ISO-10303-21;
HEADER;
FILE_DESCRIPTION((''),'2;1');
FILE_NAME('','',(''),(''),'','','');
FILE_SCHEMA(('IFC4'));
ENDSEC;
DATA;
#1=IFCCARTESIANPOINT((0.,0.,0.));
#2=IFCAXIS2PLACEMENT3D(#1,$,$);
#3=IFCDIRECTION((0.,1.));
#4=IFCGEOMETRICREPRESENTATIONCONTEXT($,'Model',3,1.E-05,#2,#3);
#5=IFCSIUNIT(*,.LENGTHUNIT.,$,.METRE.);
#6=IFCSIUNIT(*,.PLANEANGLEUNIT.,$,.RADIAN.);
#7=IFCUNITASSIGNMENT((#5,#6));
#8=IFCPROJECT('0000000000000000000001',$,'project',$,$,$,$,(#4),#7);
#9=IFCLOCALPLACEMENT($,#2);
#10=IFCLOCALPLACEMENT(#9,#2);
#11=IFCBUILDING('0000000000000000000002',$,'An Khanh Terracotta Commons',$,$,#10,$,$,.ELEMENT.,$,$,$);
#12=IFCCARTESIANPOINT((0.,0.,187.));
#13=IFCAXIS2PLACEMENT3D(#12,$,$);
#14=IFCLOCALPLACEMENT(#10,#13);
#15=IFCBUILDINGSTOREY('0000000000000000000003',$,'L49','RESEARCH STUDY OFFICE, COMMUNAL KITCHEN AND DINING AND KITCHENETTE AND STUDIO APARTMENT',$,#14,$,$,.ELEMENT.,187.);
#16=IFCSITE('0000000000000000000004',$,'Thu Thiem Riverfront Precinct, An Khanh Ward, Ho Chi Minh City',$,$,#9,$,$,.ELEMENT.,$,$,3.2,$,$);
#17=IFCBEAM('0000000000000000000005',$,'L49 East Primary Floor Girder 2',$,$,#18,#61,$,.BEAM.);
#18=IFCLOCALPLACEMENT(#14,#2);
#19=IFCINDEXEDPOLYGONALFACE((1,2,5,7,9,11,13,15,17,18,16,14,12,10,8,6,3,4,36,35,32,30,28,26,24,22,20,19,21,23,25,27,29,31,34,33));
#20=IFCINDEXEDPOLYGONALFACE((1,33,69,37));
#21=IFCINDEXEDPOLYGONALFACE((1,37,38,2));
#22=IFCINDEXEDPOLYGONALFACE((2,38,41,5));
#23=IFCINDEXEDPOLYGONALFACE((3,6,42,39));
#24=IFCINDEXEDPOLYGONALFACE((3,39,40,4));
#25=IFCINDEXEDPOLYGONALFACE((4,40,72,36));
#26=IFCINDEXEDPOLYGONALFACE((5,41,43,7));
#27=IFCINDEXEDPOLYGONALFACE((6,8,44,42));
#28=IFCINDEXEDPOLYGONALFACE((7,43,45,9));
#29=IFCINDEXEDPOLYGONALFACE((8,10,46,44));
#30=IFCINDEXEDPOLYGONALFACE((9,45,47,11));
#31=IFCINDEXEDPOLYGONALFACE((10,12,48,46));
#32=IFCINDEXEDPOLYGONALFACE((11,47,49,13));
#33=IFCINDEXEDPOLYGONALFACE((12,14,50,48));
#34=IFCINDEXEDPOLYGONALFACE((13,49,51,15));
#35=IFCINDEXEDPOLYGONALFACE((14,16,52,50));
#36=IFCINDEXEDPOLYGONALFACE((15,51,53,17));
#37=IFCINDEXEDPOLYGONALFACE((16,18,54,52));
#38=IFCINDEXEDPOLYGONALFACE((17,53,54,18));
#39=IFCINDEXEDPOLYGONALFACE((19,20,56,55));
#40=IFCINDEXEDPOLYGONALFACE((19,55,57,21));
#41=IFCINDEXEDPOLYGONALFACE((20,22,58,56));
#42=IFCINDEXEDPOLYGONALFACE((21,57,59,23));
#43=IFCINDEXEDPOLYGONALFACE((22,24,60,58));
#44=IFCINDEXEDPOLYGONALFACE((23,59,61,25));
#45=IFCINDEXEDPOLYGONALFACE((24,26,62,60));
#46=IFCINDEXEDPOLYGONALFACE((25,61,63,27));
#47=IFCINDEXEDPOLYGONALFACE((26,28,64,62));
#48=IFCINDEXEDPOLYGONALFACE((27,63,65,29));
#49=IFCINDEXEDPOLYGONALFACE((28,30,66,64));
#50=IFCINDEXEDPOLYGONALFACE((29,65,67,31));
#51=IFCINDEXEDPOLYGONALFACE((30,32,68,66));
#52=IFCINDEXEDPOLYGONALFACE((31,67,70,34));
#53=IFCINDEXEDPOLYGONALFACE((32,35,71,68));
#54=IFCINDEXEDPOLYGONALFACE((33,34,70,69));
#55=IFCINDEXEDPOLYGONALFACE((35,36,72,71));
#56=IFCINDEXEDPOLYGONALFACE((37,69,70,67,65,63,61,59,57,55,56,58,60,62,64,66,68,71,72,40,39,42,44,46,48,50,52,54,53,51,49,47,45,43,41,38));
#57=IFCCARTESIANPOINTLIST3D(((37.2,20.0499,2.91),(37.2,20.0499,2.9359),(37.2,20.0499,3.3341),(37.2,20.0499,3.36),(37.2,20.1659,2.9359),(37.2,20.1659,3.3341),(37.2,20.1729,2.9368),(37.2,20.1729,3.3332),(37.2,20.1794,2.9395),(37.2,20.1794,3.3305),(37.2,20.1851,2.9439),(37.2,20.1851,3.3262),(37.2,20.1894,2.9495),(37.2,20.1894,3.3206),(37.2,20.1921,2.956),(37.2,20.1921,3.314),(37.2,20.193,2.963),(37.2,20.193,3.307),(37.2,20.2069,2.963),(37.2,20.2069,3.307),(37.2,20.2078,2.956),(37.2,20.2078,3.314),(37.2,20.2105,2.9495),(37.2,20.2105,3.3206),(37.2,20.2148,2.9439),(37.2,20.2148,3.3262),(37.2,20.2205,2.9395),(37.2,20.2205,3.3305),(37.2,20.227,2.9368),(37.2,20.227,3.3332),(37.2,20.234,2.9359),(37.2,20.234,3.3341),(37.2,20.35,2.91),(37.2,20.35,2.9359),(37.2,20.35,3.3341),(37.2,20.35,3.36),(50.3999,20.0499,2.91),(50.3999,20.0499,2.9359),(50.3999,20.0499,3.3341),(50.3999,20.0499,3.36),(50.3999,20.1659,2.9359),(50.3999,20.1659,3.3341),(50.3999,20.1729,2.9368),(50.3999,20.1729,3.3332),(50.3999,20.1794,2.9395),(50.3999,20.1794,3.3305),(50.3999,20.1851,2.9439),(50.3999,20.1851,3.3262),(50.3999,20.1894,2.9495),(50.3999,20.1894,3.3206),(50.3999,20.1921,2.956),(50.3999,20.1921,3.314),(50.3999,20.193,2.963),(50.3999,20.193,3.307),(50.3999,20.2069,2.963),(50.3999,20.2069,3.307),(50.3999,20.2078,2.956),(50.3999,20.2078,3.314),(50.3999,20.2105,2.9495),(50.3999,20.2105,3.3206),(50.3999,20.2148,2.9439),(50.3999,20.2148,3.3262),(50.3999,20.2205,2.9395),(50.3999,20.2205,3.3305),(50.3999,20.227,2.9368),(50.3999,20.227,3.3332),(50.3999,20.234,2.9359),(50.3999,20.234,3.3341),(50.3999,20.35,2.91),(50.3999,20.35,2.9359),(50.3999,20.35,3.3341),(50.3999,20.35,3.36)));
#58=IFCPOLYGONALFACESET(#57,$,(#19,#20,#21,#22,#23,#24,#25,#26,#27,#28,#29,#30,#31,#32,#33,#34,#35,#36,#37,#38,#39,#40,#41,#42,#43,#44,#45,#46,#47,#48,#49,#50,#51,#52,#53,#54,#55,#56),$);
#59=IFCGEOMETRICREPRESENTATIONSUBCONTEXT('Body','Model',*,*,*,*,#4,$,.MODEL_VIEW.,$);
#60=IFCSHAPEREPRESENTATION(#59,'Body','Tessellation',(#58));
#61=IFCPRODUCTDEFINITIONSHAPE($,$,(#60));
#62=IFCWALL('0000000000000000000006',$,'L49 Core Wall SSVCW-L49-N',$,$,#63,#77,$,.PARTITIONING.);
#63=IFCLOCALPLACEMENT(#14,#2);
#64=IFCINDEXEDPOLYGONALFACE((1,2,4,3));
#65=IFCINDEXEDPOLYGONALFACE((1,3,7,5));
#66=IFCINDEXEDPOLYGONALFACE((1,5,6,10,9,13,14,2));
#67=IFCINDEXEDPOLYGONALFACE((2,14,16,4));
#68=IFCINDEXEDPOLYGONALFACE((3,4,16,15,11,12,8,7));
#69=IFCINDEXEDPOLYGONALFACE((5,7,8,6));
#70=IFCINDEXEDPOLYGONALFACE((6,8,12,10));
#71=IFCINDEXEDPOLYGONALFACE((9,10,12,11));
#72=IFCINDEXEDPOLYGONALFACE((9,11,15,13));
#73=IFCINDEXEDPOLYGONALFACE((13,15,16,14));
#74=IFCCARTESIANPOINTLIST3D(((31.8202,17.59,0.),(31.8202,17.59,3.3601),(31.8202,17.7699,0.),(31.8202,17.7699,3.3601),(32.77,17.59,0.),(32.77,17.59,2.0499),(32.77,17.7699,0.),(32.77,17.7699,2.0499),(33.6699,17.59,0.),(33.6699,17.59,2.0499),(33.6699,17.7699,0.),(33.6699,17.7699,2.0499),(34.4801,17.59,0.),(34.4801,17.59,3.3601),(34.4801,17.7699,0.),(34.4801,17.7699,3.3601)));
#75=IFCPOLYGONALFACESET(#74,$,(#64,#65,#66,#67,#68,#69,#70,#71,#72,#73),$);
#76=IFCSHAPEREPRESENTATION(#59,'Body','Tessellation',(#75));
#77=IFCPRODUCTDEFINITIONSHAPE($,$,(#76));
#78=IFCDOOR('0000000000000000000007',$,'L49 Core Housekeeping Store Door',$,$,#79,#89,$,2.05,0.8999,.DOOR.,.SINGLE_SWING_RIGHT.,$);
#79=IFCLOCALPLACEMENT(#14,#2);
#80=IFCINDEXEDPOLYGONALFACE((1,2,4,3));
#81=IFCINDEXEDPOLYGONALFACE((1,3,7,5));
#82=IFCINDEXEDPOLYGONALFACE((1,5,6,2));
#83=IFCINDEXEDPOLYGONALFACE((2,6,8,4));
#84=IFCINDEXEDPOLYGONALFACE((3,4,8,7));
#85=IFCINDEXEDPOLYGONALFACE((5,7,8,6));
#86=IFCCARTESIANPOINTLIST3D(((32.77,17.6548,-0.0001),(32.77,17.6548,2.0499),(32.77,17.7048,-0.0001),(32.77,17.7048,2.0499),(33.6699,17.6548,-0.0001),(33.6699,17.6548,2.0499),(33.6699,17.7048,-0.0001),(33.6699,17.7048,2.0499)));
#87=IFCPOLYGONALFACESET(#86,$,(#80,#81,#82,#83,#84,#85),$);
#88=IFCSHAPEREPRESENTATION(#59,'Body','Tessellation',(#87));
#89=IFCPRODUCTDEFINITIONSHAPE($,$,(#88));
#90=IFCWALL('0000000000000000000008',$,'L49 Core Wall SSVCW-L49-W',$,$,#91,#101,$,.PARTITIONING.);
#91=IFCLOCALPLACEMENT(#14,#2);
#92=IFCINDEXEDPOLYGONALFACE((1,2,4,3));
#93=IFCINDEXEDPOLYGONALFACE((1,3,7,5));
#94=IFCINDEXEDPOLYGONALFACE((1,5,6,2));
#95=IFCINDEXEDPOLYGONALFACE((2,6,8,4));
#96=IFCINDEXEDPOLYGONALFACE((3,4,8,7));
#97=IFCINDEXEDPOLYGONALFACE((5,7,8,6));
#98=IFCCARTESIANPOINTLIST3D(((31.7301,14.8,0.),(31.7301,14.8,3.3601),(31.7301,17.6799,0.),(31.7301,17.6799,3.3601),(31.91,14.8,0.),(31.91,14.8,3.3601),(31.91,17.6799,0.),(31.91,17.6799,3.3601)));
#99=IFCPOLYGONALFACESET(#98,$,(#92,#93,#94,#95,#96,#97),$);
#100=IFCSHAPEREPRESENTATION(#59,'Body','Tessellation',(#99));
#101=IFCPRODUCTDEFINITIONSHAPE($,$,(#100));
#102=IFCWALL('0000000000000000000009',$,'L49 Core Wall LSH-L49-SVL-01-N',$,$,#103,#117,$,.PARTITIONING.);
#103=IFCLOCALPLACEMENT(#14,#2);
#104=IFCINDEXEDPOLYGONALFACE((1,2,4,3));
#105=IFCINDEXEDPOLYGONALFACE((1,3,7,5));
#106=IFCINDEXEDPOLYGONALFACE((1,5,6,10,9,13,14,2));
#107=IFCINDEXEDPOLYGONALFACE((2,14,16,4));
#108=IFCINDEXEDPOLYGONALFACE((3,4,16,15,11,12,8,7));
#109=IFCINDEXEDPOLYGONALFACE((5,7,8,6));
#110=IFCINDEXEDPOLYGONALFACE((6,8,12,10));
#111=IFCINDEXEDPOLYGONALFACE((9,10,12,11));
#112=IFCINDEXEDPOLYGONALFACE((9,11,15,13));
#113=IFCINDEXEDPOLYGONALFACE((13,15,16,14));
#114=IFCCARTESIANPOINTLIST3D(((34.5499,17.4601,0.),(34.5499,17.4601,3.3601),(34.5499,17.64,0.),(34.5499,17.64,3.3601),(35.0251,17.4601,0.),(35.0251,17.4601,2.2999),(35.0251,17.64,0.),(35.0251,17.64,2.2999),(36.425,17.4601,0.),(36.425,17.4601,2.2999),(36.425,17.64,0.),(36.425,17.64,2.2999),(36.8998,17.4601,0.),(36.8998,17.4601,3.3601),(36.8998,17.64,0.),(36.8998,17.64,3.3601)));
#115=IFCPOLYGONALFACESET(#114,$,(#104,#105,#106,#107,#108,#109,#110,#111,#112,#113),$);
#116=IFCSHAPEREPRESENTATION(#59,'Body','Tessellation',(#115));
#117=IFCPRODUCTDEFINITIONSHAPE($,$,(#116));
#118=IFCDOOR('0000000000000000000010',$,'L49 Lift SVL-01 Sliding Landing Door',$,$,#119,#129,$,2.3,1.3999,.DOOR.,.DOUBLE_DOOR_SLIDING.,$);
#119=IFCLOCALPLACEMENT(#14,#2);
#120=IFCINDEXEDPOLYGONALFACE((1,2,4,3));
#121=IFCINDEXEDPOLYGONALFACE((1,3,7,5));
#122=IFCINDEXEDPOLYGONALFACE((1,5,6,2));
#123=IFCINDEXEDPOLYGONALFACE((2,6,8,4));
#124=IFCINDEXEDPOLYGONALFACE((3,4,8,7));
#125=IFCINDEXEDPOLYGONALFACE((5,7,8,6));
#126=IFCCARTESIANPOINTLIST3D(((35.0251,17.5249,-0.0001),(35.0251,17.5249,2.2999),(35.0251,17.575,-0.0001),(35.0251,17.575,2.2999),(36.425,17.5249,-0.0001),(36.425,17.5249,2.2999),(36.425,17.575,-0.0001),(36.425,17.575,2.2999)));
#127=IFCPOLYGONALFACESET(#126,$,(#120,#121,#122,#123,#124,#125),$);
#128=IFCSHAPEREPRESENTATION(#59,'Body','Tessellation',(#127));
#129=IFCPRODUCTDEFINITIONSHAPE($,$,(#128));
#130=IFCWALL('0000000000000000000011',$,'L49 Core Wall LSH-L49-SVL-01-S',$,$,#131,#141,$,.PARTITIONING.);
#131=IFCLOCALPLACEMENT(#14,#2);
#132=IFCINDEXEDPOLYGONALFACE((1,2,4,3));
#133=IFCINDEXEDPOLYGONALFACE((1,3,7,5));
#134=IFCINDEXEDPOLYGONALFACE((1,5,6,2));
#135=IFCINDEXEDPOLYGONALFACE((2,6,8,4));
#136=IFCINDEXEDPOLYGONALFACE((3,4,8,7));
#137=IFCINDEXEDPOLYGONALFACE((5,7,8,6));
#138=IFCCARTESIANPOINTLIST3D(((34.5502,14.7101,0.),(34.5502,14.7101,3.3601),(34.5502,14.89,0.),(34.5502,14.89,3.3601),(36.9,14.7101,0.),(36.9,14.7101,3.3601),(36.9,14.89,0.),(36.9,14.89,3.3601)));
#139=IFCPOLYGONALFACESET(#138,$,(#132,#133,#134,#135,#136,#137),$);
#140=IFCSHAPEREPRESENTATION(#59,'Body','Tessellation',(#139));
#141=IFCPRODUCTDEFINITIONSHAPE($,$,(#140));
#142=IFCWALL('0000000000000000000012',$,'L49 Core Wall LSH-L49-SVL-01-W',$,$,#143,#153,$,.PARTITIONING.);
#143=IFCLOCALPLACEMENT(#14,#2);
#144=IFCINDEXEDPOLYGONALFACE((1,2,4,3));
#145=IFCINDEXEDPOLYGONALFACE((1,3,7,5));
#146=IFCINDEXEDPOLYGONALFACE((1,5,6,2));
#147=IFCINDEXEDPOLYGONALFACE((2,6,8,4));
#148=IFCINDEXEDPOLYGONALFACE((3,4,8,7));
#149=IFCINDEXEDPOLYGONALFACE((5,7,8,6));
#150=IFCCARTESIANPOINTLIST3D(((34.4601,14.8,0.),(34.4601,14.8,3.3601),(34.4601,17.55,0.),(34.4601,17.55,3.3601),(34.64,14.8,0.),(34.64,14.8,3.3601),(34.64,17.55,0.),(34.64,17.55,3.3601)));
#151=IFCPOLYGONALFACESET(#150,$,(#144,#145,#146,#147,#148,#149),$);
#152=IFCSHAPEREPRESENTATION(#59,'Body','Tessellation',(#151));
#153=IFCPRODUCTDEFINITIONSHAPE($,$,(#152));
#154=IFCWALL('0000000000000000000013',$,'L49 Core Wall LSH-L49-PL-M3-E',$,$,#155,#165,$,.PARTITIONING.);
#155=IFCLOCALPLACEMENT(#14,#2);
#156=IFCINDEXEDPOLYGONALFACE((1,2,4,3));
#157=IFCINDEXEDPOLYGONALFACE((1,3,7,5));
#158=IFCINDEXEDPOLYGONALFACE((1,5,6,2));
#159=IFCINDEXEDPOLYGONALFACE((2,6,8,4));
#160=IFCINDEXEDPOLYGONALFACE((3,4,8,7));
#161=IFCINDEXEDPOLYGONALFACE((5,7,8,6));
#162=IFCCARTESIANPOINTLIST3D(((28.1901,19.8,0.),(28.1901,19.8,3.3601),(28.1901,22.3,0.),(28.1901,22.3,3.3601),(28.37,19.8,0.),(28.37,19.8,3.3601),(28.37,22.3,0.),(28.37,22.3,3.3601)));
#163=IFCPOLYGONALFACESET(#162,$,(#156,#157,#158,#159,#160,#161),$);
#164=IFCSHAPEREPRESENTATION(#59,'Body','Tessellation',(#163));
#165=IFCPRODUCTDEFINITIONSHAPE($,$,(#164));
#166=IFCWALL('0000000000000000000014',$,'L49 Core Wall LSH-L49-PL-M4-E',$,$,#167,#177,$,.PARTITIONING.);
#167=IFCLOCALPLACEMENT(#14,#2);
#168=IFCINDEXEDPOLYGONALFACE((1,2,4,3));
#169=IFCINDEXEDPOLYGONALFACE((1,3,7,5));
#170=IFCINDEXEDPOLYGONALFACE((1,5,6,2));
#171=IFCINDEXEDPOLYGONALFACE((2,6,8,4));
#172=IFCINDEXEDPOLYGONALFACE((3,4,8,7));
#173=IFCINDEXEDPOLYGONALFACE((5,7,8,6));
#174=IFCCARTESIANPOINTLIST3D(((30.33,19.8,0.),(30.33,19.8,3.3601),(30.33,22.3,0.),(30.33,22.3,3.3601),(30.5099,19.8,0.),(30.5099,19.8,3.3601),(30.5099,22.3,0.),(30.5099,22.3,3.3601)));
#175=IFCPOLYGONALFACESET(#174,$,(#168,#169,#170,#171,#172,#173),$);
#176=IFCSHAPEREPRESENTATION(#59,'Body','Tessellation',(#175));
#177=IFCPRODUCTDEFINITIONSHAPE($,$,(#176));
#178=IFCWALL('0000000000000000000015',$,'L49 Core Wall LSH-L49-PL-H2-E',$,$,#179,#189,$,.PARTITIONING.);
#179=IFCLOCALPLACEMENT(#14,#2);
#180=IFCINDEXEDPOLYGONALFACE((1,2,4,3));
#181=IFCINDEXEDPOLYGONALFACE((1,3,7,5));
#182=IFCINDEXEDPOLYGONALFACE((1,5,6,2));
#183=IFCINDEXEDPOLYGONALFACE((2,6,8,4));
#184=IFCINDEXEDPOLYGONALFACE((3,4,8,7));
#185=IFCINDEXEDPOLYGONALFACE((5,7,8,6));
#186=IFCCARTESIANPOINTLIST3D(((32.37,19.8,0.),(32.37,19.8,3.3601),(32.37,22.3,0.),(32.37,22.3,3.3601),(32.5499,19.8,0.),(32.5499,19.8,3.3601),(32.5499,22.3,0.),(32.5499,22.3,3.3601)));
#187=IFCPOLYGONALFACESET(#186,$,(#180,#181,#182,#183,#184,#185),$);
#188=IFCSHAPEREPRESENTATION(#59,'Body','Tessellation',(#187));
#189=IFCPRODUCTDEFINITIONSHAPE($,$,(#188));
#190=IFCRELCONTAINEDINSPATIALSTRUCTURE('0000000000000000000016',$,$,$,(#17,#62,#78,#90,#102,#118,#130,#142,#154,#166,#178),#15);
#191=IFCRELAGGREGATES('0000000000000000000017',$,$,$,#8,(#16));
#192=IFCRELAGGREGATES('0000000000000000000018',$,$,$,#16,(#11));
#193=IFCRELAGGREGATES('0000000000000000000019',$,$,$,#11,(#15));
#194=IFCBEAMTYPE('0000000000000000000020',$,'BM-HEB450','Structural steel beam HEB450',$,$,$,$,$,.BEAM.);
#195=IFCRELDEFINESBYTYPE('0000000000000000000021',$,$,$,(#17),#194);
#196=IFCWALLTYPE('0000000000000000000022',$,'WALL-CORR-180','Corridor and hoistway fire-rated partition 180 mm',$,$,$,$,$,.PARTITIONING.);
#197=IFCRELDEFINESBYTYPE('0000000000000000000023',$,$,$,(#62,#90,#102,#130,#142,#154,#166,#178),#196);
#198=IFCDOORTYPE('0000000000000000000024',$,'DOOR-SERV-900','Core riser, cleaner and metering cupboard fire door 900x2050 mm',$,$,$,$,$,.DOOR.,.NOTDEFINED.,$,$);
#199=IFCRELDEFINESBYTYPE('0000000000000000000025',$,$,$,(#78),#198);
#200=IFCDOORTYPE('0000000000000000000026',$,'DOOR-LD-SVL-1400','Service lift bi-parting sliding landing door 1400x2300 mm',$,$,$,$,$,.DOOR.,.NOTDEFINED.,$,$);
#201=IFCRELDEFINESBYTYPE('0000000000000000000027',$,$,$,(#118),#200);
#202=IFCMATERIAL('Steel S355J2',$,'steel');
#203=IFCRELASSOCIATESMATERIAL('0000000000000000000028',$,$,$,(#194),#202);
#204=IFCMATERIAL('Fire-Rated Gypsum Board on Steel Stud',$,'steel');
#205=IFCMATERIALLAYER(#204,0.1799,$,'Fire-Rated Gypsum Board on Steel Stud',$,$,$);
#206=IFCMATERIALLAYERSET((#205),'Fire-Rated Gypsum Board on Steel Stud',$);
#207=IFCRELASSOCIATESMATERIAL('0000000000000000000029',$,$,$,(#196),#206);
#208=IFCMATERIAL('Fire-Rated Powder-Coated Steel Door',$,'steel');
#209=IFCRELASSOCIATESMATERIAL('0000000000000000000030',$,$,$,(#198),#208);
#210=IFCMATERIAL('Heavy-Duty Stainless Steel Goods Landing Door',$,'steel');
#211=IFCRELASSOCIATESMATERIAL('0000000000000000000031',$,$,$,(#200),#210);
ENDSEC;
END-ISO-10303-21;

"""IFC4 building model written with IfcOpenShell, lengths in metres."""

from ifc_helpers import new_model, si_unit, direction, frame, frame_2d, origin, origin_2d, place, context, subcontext, project, spatial, rectangle, i_section, extrude, material, layer, layer_set, material_profile, profile_set, type_object, element, fill, save


model = new_model("IFC4")

# Units and contexts
model_context = context("Model", 3, precision=1e-05, world=origin(), true_north=direction((0.0, 1.0)))
body_context = subcontext(model_context, "Body", "Model", "MODEL_VIEW")
ifc_project = project(units=[si_unit("LENGTHUNIT", "METRE"), si_unit("PLANEANGLEUNIT", "RADIAN")], contexts=[model_context])

# Site, building, storey
site_placement = place(None, origin())
site = spatial("IfcSite", under=ifc_project, at=site_placement, Name="Thu Thiem Riverfront Precinct, An Khanh Ward, Ho Chi Minh City", CompositionType="ELEMENT", RefElevation=3.2)
building_placement = place(site_placement, origin())
building = spatial("IfcBuilding", under=site, at=building_placement, Name="An Khanh Terracotta Commons", CompositionType="ELEMENT")
storey_placement = place(building_placement, frame((0.0, 0.0, 187.0)))
storey = spatial("IfcBuildingStorey", under=building, at=storey_placement, Name="L49", Description="RESEARCH STUDY OFFICE, COMMUNAL KITCHEN AND DINING AND KITCHENETTE AND STUDIO APARTMENT", CompositionType="ELEMENT", Elevation=187.0)

# Beam
ifc_material_1 = material(Name="Steel S355J2", Category="steel")
ifc_material_profile_1 = material_profile(ifc_material_1, i_section(OverallWidth=0.3, OverallDepth=0.45, WebThickness=0.0139, FlangeThickness=0.0259, FilletRadius=0.0271, at=origin_2d()), Name="HEB450")
ifc_profile_set_1 = profile_set([ifc_material_profile_1], Name="Steel S355J2")
beam_type = type_object("IfcBeamType", Name="BM-HEB450", Description="Structural steel beam HEB450", PredefinedType="BEAM", material=ifc_profile_set_1)
for number, where, z_axis, x_axis, name in (
    (1, (37.2, 20.2, 3.135), (1.0, 0.0, 0.0), (0.0, 1.0, 0.0), "L49 East Primary Floor Girder 2"),
):
    element("IfcBeam", number, at=place(storey_placement, frame(where, z_axis=z_axis, x_axis=x_axis)), inside=storey, type_object=beam_type, Name=name, PredefinedType="BEAM", context=body_context, shape_type="SweptSolid", body=[
        extrude(i_section(OverallWidth=0.3, OverallDepth=0.45, WebThickness=0.0139, FlangeThickness=0.0259, FilletRadius=0.0271, at=origin_2d()), origin(), (0.0, 0.0, 1.0), 13.2),
    ])

# Wall, opening, door
ifc_material_2 = material(Name="Fire-Rated Gypsum Board on Steel Stud", Category="steel")
ifc_layer_1 = layer(ifc_material_2, 0.1799, Name="Fire-Rated Gypsum Board on Steel Stud")
ifc_layer_set_1 = layer_set([ifc_layer_1], Name="Fire-Rated Gypsum Board on Steel Stud")
wall_type_1 = type_object("IfcWallType", Name="WALL-CORR-180", Description="Corridor and hoistway fire-rated partition 180 mm", PredefinedType="PARTITIONING", material=ifc_layer_set_1)
wall_1_placement = place(storey_placement, frame((31.8201, 17.6799, 0.0), z_axis=(0.0, 0.0, 1.0), x_axis=(1.0, 0.0, 0.0)))
wall_1 = element("IfcWall", 2, at=wall_1_placement, inside=storey, type_object=wall_type_1, Name="L49 Core Wall SSVCW-L49-N", PredefinedType="PARTITIONING", context=body_context, shape_type="SweptSolid", body=[
    extrude(rectangle(XDim=2.6599, YDim=0.1799, at=frame_2d((1.3301, 0.0))), origin(), (0.0, 0.0, 1.0), 3.3601),
])
opening_1_placement = place(wall_1_placement, frame((0.95, 0.0, 0.0)))
opening_1 = element("IfcOpeningElement", 3, at=opening_1_placement, cuts=wall_1, PredefinedType="OPENING", context=body_context, shape_type="SweptSolid", body=[
    extrude(rectangle(XDim=0.8999, YDim=2.05, at=frame_2d((0.45, 1.0249))), frame((0.0, 0.0999, 0.0), z_axis=(0.0, -1.0, 0.0), x_axis=(1.0, 0.0, 0.0)), (0.0, 0.0, 1.0), 0.2),
])
ifc_material_3 = material(Name="Fire-Rated Powder-Coated Steel Door", Category="steel")
door_type_1 = type_object("IfcDoorType", Name="DOOR-SERV-900", Description="Core riser, cleaner and metering cupboard fire door 900x2050 mm", OperationType="NOTDEFINED", PredefinedType="DOOR", material=ifc_material_3)
door_1_placement = place(opening_1_placement, origin())
door_1 = element("IfcDoor", 4, at=door_1_placement, inside=storey, type_object=door_type_1, Name="L49 Core Housekeeping Store Door", OperationType="SINGLE_SWING_RIGHT", OverallHeight=2.05, OverallWidth=0.8999, PredefinedType="DOOR", context=body_context, shape_type="SweptSolid", body=[
    extrude(rectangle(XDim=0.8999, YDim=2.05, at=frame_2d((0.45, 1.0249))), frame((0.0, 0.0249, 0.0), z_axis=(0.0, -1.0, 0.0), x_axis=(1.0, 0.0, 0.0)), (0.0, 0.0, 1.0), 0.05),
])
fill(opening_1, door_1)

# Wall
wall_2_placement = place(storey_placement, frame((31.8201, 14.8, 0.0), z_axis=(0.0, 0.0, 1.0), x_axis=(0.0, 1.0, 0.0)))
element("IfcWall", 5, at=wall_2_placement, inside=storey, type_object=wall_type_1, Name="L49 Core Wall SSVCW-L49-W", PredefinedType="PARTITIONING", context=body_context, shape_type="SweptSolid", body=[
    extrude(rectangle(XDim=2.8799, YDim=0.1799, at=frame_2d((1.4399, 0.0))), origin(), (0.0, 0.0, 1.0), 3.3601),
])

# Wall, opening, door
wall_3_placement = place(storey_placement, frame((34.55, 17.55, 0.0), z_axis=(0.0, 0.0, 1.0), x_axis=(1.0, 0.0, 0.0)))
wall_3 = element("IfcWall", 6, at=wall_3_placement, inside=storey, type_object=wall_type_1, Name="L49 Core Wall LSH-L49-SVL-01-N", PredefinedType="PARTITIONING", context=body_context, shape_type="SweptSolid", body=[
    extrude(rectangle(XDim=2.3499, YDim=0.1799, at=frame_2d((1.1748, 0.0))), origin(), (0.0, 0.0, 1.0), 3.3601),
])
opening_2_placement = place(wall_3_placement, frame((0.4751, 0.0, 0.0)))
opening_2 = element("IfcOpeningElement", 7, at=opening_2_placement, cuts=wall_3, PredefinedType="OPENING", context=body_context, shape_type="SweptSolid", body=[
    extrude(rectangle(XDim=1.3999, YDim=2.3, at=frame_2d((0.7, 1.1499))), frame((0.0, 0.0999, 0.0), z_axis=(0.0, -1.0, 0.0), x_axis=(1.0, 0.0, 0.0)), (0.0, 0.0, 1.0), 0.2),
])
ifc_material_4 = material(Name="Heavy-Duty Stainless Steel Goods Landing Door", Category="steel")
door_type_2 = type_object("IfcDoorType", Name="DOOR-LD-SVL-1400", Description="Service lift bi-parting sliding landing door 1400x2300 mm", OperationType="NOTDEFINED", PredefinedType="DOOR", material=ifc_material_4)
door_2_placement = place(opening_2_placement, origin())
door_2 = element("IfcDoor", 8, at=door_2_placement, inside=storey, type_object=door_type_2, Name="L49 Lift SVL-01 Sliding Landing Door", OperationType="DOUBLE_DOOR_SLIDING", OverallHeight=2.3, OverallWidth=1.3999, PredefinedType="DOOR", context=body_context, shape_type="SweptSolid", body=[
    extrude(rectangle(XDim=1.3999, YDim=2.3, at=frame_2d((0.7, 1.1499))), frame((0.0, 0.0249, 0.0), z_axis=(0.0, -1.0, 0.0), x_axis=(1.0, 0.0, 0.0)), (0.0, 0.0, 1.0), 0.05),
])
fill(opening_2, door_2)

# Walls
wall_4_placement = place(storey_placement, frame((36.8999, 14.8, 0.0), z_axis=(0.0, 0.0, 1.0), x_axis=(-1.0, 0.0, 0.0)))
element("IfcWall", 9, at=wall_4_placement, inside=storey, type_object=wall_type_1, Name="L49 Core Wall LSH-L49-SVL-01-S", PredefinedType="PARTITIONING", context=body_context, shape_type="SweptSolid", body=[
    extrude(rectangle(XDim=2.3499, YDim=0.1799, at=frame_2d((1.1748, 0.0))), origin(), (0.0, 0.0, 1.0), 3.3601),
])
wall_5_placement = place(storey_placement, frame((34.55, 17.55, 0.0), z_axis=(0.0, 0.0, 1.0), x_axis=(0.0, -1.0, 0.0)))
element("IfcWall", 10, at=wall_5_placement, inside=storey, type_object=wall_type_1, Name="L49 Core Wall LSH-L49-SVL-01-W", PredefinedType="PARTITIONING", context=body_context, shape_type="SweptSolid", body=[
    extrude(rectangle(XDim=2.75, YDim=0.1799, at=frame_2d((1.375, 0.0))), origin(), (0.0, 0.0, 1.0), 3.3601),
])
for number, where, z_axis, x_axis, name in (
    (11, (28.28, 19.8, 0.0), (0.0, 0.0, 1.0), (0.0, 1.0, 0.0), "L49 Core Wall LSH-L49-PL-M3-E"),
    (12, (30.4199, 19.8, 0.0), (0.0, 0.0, 1.0), (0.0, 1.0, 0.0), "L49 Core Wall LSH-L49-PL-M4-E"),
    (13, (32.46, 19.8, 0.0), (0.0, 0.0, 1.0), (0.0, 1.0, 0.0), "L49 Core Wall LSH-L49-PL-H2-E"),
):
    element("IfcWall", number, at=place(storey_placement, frame(where, z_axis=z_axis, x_axis=x_axis)), inside=storey, type_object=wall_type_1, Name=name, PredefinedType="PARTITIONING", context=body_context, shape_type="SweptSolid", body=[
        extrude(rectangle(XDim=2.5, YDim=0.1799, at=frame_2d((1.25, 0.0))), origin(), (0.0, 0.0, 1.0), 3.3601),
    ])

save(model, "model.ifc")
